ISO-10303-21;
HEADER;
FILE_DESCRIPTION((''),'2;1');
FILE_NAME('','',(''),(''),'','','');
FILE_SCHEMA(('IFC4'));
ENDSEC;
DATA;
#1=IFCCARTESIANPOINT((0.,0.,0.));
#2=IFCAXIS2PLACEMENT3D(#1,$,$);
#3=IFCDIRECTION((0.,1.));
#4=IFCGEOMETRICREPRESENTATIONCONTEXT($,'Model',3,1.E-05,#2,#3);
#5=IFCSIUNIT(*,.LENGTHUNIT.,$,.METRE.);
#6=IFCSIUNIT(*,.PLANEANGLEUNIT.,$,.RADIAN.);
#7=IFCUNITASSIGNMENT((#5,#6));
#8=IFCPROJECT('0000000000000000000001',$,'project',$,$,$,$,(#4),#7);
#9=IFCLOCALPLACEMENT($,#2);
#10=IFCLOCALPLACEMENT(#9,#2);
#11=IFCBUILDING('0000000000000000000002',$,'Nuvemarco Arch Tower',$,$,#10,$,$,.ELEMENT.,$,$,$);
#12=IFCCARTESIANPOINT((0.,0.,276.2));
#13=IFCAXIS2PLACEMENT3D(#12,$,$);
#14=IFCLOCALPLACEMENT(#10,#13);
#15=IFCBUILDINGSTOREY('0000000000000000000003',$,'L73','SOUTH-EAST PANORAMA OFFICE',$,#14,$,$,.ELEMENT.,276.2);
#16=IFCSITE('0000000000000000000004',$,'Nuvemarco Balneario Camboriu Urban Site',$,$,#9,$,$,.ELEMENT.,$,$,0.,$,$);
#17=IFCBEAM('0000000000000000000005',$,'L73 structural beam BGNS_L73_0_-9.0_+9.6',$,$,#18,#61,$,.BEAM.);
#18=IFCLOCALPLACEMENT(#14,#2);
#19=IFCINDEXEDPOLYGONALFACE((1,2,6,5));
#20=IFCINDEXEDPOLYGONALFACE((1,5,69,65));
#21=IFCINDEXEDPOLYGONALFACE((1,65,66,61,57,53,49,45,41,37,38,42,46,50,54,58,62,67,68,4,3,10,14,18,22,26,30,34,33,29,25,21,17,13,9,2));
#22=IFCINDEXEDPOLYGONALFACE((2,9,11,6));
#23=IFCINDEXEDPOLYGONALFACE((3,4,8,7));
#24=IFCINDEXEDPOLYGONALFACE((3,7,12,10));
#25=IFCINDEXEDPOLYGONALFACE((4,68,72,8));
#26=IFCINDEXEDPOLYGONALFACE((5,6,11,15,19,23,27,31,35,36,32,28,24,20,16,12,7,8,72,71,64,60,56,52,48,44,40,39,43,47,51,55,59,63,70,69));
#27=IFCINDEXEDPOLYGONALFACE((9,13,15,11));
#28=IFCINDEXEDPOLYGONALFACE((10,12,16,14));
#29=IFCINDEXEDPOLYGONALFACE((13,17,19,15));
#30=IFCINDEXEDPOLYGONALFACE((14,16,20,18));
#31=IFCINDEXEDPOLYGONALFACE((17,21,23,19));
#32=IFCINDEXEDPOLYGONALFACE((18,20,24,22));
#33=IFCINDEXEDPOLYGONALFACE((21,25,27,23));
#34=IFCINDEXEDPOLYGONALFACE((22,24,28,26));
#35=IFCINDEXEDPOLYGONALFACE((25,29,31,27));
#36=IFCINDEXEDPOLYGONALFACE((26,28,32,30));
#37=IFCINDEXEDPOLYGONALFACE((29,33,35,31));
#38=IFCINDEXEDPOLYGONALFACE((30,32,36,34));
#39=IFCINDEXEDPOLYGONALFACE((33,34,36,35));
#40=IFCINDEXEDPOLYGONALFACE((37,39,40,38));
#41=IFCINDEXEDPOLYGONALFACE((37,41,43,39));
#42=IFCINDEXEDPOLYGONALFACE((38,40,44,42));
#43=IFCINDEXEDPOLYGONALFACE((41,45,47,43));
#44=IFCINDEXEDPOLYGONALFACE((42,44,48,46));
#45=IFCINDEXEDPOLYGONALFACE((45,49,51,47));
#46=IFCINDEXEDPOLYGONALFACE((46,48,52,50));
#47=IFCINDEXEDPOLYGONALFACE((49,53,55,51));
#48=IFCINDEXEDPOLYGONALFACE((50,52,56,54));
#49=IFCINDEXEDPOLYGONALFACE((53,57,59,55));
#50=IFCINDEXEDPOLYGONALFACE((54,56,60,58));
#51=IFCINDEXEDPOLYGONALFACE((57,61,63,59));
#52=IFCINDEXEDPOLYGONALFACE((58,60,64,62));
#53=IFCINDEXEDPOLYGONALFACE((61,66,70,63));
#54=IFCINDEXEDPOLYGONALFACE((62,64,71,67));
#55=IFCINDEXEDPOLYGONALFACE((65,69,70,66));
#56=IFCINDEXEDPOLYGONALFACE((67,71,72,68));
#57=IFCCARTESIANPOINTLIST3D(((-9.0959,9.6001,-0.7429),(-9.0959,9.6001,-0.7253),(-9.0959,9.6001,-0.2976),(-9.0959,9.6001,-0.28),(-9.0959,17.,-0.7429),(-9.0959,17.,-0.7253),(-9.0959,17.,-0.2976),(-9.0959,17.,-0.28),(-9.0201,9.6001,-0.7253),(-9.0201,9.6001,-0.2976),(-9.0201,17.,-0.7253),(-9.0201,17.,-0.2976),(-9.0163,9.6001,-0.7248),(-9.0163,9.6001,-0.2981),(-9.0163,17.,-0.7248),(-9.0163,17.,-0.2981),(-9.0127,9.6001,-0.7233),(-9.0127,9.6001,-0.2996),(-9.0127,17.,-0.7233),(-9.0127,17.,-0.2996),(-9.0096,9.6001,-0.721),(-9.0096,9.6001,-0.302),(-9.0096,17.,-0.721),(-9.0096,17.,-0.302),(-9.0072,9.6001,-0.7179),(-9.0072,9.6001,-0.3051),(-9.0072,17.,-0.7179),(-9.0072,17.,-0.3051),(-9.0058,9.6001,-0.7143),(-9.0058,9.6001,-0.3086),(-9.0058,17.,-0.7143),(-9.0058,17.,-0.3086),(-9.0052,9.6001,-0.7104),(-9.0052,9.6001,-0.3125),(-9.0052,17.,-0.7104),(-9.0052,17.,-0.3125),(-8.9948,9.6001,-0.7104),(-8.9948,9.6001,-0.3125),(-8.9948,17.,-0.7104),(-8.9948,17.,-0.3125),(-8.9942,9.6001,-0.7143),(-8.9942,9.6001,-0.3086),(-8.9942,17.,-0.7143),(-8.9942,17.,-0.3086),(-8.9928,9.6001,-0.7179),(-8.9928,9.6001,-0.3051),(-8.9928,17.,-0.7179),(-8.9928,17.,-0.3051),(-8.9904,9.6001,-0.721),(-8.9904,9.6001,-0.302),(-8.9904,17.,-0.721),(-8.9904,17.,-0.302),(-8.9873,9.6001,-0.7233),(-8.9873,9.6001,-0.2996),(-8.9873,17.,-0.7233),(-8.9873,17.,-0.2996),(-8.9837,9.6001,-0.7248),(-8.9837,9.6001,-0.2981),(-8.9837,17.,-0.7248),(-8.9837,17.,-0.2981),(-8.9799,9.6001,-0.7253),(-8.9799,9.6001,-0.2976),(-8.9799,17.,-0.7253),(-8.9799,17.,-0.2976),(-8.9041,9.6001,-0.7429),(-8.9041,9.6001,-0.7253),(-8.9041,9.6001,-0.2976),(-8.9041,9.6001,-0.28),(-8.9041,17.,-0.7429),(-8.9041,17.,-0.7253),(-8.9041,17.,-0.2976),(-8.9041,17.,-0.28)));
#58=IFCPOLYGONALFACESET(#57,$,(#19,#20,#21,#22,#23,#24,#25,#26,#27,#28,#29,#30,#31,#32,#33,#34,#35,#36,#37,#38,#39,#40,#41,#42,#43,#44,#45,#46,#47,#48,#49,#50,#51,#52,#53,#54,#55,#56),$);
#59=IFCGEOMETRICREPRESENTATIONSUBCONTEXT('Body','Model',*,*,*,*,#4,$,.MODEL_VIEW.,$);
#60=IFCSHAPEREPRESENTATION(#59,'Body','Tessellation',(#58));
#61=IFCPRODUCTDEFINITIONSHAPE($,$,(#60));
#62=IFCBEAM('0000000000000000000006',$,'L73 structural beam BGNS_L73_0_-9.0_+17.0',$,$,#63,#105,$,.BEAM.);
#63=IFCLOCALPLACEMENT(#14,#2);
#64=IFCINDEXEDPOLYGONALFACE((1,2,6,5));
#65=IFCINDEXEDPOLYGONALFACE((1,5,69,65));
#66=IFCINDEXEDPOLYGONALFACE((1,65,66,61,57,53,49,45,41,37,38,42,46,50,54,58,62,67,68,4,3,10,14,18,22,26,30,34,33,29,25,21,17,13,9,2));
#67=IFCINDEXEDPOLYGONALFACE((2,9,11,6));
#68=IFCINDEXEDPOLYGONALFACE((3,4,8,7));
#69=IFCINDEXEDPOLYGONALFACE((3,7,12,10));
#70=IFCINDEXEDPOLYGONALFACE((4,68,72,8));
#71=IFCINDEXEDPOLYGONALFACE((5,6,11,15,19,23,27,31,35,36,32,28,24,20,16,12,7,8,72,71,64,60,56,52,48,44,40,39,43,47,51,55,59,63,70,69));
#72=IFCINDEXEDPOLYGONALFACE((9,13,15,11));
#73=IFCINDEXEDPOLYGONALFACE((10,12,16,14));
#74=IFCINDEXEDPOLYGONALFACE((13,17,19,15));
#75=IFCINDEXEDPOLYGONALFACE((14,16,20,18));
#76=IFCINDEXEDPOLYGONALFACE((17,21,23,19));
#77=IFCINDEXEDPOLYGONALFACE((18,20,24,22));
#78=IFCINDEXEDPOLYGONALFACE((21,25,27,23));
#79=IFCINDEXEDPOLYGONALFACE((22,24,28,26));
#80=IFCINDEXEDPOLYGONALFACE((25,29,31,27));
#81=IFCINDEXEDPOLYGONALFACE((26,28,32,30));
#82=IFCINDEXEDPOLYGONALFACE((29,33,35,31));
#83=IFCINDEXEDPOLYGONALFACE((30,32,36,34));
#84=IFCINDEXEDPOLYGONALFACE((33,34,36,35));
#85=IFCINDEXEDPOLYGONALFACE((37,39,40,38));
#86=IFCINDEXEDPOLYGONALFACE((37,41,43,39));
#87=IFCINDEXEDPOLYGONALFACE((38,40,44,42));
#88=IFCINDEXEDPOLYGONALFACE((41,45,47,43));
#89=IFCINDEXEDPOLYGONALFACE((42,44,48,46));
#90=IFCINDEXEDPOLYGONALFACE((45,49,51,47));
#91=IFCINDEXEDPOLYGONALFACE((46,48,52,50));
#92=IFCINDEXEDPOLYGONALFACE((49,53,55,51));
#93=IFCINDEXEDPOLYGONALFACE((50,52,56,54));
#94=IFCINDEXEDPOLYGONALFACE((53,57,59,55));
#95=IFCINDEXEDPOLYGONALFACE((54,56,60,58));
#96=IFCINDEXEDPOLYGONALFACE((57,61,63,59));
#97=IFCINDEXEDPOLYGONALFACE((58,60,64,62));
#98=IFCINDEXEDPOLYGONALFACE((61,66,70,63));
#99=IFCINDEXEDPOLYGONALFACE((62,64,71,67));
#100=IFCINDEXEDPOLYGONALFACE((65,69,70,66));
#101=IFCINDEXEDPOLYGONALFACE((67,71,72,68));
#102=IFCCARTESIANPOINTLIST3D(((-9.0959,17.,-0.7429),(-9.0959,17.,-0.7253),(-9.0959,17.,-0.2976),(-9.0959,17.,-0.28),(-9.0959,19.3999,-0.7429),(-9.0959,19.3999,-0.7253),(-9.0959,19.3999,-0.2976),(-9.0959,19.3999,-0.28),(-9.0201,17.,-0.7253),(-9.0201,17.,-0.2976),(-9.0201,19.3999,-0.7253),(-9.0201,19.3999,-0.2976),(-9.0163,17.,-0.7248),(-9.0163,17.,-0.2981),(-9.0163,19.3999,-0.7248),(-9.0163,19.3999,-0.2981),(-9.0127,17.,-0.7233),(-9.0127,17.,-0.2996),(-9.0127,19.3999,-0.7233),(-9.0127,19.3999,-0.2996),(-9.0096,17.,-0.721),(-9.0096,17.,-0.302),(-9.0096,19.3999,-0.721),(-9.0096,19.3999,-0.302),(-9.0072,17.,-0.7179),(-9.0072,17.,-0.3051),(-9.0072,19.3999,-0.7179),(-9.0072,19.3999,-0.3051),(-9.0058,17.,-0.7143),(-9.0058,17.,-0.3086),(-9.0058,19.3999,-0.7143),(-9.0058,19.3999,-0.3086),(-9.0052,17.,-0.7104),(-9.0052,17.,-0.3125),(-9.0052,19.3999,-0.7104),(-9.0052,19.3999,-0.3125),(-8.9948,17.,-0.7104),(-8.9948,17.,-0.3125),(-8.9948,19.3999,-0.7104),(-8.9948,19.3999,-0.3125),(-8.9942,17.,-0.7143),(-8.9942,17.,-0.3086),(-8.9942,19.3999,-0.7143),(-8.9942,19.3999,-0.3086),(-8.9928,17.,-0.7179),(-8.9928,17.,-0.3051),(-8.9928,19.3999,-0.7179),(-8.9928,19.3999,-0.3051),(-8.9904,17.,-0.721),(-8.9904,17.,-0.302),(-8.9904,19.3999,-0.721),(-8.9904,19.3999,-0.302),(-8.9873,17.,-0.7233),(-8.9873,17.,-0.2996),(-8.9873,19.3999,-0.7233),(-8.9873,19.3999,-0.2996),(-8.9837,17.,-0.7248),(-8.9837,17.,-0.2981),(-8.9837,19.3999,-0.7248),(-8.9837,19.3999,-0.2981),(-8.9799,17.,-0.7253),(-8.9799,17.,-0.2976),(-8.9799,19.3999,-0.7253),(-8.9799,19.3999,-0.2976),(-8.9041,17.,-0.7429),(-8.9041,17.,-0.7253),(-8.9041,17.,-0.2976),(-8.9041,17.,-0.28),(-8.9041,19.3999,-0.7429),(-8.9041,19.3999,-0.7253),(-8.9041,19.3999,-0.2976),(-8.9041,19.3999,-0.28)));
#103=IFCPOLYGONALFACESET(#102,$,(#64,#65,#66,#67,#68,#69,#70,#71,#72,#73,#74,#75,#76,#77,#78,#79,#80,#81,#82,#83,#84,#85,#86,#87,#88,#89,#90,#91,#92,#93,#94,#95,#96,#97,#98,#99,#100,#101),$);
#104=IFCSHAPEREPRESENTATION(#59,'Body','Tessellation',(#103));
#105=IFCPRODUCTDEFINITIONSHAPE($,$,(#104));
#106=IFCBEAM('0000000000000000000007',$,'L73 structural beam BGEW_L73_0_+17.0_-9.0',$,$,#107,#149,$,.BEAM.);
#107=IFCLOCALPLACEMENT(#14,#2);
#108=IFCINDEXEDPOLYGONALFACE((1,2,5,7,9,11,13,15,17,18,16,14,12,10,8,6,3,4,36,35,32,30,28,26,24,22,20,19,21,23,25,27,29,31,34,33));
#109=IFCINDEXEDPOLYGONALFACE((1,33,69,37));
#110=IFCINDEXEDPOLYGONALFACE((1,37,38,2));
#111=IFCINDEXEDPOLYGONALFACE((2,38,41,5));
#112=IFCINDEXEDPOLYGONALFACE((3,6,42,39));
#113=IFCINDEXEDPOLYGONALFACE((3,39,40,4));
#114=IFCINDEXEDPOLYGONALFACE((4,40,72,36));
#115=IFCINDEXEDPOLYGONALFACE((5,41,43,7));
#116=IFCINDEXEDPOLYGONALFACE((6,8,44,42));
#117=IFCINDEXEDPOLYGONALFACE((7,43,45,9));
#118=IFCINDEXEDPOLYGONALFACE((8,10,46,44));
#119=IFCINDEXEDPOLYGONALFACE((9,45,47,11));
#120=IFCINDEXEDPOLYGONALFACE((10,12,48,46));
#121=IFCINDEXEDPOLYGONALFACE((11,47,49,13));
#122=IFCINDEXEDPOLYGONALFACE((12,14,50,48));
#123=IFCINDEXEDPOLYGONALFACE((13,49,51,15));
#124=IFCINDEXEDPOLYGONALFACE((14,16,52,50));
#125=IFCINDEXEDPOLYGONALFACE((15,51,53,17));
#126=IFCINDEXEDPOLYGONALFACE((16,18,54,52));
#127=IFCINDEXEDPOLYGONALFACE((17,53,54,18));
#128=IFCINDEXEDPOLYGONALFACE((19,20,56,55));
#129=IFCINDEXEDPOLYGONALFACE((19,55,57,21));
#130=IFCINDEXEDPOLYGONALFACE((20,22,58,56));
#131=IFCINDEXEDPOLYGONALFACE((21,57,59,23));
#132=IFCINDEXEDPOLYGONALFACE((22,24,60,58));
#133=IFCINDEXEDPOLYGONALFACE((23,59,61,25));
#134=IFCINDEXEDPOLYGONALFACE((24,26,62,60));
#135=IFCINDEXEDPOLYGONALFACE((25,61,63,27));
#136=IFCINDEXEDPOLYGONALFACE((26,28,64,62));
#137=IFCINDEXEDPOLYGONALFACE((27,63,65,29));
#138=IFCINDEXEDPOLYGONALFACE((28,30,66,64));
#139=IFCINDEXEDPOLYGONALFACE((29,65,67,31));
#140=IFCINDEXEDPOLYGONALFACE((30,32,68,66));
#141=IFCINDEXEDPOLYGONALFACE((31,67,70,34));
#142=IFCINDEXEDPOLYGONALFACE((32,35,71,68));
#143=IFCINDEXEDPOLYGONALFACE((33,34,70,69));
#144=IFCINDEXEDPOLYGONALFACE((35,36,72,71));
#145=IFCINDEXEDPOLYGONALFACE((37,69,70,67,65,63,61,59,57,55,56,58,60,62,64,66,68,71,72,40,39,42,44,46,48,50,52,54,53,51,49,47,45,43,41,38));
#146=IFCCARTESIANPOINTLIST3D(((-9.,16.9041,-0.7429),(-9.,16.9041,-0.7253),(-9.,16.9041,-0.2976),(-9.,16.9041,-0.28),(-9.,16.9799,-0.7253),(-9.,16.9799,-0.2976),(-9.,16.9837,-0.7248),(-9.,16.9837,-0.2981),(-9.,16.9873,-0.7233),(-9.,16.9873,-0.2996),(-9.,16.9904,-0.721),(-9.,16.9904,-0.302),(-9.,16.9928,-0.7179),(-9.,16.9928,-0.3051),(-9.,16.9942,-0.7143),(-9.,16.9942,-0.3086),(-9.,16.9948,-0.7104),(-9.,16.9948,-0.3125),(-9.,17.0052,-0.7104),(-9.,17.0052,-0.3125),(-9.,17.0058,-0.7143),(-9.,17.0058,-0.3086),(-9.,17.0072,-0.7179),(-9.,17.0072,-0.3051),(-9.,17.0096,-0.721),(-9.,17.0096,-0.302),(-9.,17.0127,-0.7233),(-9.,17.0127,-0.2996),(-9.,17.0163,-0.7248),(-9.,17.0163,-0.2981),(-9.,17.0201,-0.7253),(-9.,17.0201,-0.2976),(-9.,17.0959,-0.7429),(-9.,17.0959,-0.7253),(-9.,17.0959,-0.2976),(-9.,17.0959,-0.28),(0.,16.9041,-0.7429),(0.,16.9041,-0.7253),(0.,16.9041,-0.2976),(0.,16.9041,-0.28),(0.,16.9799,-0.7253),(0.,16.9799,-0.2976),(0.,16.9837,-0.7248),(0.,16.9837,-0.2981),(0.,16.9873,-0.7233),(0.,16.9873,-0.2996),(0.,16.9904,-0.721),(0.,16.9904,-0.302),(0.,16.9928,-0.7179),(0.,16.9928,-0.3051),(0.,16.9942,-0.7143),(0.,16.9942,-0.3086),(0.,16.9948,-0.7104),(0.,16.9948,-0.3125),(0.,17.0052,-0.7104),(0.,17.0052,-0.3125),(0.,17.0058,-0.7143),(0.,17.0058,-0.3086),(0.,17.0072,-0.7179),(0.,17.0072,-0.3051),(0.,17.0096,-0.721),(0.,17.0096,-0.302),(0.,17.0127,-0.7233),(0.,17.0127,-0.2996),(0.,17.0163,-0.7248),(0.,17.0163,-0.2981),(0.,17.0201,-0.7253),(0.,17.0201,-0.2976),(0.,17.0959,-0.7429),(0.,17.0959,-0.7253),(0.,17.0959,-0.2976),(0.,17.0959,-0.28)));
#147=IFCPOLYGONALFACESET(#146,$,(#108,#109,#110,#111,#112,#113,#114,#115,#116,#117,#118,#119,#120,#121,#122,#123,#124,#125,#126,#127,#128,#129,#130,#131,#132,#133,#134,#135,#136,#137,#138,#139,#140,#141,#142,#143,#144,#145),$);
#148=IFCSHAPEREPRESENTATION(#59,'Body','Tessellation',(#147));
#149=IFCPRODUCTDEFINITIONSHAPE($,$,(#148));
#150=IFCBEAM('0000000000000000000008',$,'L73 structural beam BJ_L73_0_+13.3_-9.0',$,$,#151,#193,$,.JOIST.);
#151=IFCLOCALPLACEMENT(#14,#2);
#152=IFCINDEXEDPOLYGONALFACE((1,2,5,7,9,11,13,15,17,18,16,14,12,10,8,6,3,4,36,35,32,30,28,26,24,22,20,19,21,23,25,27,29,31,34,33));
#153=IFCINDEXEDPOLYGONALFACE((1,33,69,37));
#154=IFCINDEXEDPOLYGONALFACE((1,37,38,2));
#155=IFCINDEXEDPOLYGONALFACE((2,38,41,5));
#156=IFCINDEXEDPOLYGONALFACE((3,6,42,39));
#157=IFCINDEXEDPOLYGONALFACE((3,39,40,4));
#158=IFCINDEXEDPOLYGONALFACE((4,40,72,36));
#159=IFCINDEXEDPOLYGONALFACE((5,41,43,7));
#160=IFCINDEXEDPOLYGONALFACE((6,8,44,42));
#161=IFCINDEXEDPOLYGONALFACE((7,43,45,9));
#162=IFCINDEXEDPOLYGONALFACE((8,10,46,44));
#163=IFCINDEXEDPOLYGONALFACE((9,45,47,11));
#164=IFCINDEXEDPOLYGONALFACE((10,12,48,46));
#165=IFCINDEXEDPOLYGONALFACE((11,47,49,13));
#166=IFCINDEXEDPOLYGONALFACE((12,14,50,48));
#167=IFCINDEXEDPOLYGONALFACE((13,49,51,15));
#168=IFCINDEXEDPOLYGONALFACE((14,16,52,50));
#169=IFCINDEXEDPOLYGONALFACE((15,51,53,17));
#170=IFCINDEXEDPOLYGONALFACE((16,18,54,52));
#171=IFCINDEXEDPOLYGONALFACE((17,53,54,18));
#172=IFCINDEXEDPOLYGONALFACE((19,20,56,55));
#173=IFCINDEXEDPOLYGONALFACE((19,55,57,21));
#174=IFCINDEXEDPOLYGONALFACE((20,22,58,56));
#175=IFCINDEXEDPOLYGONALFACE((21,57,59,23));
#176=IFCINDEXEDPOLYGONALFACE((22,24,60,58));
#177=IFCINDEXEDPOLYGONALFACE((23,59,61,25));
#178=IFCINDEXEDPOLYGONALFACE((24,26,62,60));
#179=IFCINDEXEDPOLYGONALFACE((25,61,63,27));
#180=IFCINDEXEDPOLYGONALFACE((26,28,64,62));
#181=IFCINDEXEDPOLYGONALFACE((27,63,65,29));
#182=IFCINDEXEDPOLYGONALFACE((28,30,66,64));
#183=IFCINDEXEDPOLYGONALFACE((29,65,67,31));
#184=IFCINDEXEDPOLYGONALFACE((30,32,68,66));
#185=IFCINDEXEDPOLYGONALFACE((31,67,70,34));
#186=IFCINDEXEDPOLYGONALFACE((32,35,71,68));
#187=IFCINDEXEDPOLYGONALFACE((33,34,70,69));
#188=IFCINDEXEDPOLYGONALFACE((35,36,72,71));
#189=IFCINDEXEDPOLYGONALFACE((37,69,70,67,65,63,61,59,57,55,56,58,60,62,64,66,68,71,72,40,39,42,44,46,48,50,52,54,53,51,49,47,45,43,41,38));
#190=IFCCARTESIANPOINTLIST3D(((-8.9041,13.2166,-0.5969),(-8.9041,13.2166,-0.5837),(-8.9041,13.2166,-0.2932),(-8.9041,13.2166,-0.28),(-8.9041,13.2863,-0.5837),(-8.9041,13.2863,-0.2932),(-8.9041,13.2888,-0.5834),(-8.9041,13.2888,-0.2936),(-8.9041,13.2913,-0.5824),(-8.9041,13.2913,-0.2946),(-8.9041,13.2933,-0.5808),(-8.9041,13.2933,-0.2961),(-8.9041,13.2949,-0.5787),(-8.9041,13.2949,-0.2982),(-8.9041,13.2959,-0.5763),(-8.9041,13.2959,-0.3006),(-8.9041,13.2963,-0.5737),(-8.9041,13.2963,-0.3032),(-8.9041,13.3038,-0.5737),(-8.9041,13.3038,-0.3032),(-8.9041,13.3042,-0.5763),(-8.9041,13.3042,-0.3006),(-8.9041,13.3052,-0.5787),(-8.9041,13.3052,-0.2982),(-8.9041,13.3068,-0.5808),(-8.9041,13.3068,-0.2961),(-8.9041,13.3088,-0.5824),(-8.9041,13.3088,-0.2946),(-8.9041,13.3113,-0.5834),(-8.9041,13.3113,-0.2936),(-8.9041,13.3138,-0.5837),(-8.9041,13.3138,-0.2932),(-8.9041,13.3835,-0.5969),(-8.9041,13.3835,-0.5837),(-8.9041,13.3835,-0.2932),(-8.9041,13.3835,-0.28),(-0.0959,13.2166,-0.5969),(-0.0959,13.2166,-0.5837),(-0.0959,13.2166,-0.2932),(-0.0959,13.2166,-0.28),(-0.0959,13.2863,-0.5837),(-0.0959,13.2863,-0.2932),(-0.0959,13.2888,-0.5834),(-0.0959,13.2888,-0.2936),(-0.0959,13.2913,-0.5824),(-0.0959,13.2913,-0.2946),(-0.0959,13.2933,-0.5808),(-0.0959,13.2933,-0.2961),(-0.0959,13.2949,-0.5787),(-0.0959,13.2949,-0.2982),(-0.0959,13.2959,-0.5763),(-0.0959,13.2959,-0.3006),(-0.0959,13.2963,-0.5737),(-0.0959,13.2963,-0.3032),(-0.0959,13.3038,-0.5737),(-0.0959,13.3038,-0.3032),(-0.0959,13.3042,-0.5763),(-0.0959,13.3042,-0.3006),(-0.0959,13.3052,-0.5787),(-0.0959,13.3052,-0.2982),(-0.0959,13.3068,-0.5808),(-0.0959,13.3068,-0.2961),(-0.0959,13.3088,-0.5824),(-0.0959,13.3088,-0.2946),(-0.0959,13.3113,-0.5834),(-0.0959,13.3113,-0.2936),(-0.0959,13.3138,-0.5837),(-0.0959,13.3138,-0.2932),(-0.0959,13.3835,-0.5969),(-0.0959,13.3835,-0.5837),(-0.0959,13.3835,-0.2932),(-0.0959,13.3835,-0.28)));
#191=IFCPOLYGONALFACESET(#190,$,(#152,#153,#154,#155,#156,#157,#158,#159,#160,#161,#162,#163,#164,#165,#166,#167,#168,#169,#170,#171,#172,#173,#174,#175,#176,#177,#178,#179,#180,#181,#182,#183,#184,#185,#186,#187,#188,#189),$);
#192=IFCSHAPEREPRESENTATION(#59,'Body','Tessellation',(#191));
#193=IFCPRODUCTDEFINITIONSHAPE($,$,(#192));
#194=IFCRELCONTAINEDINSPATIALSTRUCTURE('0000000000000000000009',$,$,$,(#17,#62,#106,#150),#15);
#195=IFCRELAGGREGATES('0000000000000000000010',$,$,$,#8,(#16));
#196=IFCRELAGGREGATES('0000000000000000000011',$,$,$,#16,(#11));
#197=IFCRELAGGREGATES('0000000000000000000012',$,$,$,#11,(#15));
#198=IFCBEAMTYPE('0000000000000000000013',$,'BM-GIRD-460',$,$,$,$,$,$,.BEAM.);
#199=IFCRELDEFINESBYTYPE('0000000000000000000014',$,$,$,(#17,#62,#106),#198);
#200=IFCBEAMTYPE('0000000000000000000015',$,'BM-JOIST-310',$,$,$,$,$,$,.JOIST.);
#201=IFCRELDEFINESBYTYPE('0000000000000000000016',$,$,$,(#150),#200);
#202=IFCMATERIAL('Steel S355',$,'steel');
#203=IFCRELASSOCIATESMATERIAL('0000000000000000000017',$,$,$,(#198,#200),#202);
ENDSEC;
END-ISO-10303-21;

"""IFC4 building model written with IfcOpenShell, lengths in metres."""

from ifc_helpers import new_model, si_unit, direction, frame, origin, origin_2d, place, context, subcontext, project, spatial, i_section, extrude, material, material_profile, profile_set, type_object, element, save


model = new_model("IFC4")

# Units and contexts
model_context = context("Model", 3, precision=1e-05, world=origin(), true_north=direction((0.0, 1.0)))
body_context = subcontext(model_context, "Body", "Model", "MODEL_VIEW")
ifc_project = project(units=[si_unit("LENGTHUNIT", "METRE"), si_unit("PLANEANGLEUNIT", "RADIAN")], contexts=[model_context])

# Site, building, storey
site_placement = place(None, origin())
site = spatial("IfcSite", under=ifc_project, at=site_placement, Name="Nuvemarco Balneario Camboriu Urban Site", CompositionType="ELEMENT", RefElevation=0.0)
building_placement = place(site_placement, origin())
building = spatial("IfcBuilding", under=site, at=building_placement, Name="Nuvemarco Arch Tower", CompositionType="ELEMENT")
storey_placement = place(building_placement, frame((0.0, 0.0, 276.2)))
storey = spatial("IfcBuildingStorey", under=building, at=storey_placement, Name="L73", Description="SOUTH-EAST PANORAMA OFFICE", CompositionType="ELEMENT", Elevation=276.2)

# Shared definitions
ifc_material_1 = material(Name="Steel S355", Category="steel")

# Beams
ifc_material_profile_1 = material_profile(ifc_material_1, i_section(OverallWidth=0.1919, OverallDepth=0.4629, WebThickness=0.0105, FlangeThickness=0.0176, FilletRadius=0.0149, at=origin_2d()), Name="W460x89")
ifc_profile_set_1 = profile_set([ifc_material_profile_1], Name="Steel S355")
beam_type_1 = type_object("IfcBeamType", Name="BM-GIRD-460", PredefinedType="BEAM", material=ifc_profile_set_1)
beam_1_placement = place(storey_placement, frame((-9.0, 9.6001, -0.5115), z_axis=(0.0, 1.0, 0.0), x_axis=(-1.0, 0.0, 0.0)))
element("IfcBeam", 1, at=beam_1_placement, inside=storey, type_object=beam_type_1, Name="L73 structural beam BGNS_L73_0_-9.0_+9.6", PredefinedType="BEAM", context=body_context, shape_type="SweptSolid", body=[
    extrude(i_section(OverallWidth=0.1919, OverallDepth=0.4629, WebThickness=0.0105, FlangeThickness=0.0176, FilletRadius=0.0149, at=origin_2d()), origin(), (0.0, 0.0, 1.0), 7.3999),
])
beam_2_placement = place(storey_placement, frame((-9.0, 17.0, -0.5115), z_axis=(0.0, 1.0, 0.0), x_axis=(-1.0, 0.0, 0.0)))
element("IfcBeam", 2, at=beam_2_placement, inside=storey, type_object=beam_type_1, Name="L73 structural beam BGNS_L73_0_-9.0_+17.0", PredefinedType="BEAM", context=body_context, shape_type="SweptSolid", body=[
    extrude(i_section(OverallWidth=0.1919, OverallDepth=0.4629, WebThickness=0.0105, FlangeThickness=0.0176, FilletRadius=0.0149, at=origin_2d()), origin(), (0.0, 0.0, 1.0), 2.3999),
])
beam_3_placement = place(storey_placement, frame((-9.0, 17.0, -0.5115), z_axis=(1.0, 0.0, 0.0), x_axis=(0.0, 1.0, 0.0)))
element("IfcBeam", 3, at=beam_3_placement, inside=storey, type_object=beam_type_1, Name="L73 structural beam BGEW_L73_0_+17.0_-9.0", PredefinedType="BEAM", context=body_context, shape_type="SweptSolid", body=[
    extrude(i_section(OverallWidth=0.1919, OverallDepth=0.4629, WebThickness=0.0105, FlangeThickness=0.0176, FilletRadius=0.0149, at=origin_2d()), origin(), (0.0, 0.0, 1.0), 9.0),
])
ifc_material_profile_2 = material_profile(ifc_material_1, i_section(OverallWidth=0.167, OverallDepth=0.3169, WebThickness=0.0076, FlangeThickness=0.0132, FilletRadius=0.01, at=origin_2d()), Name="W310x52")
ifc_profile_set_2 = profile_set([ifc_material_profile_2], Name="Steel S355")
beam_type_2 = type_object("IfcBeamType", Name="BM-JOIST-310", PredefinedType="JOIST", material=ifc_profile_set_2)
beam_4_placement = place(storey_placement, frame((-8.9041, 13.3, -0.4385), z_axis=(1.0, 0.0, 0.0), x_axis=(0.0, 1.0, 0.0)))
element("IfcBeam", 4, at=beam_4_placement, inside=storey, type_object=beam_type_2, Name="L73 structural beam BJ_L73_0_+13.3_-9.0", PredefinedType="JOIST", context=body_context, shape_type="SweptSolid", body=[
    extrude(i_section(OverallWidth=0.167, OverallDepth=0.3169, WebThickness=0.0076, FlangeThickness=0.0132, FilletRadius=0.01, at=origin_2d()), origin(), (0.0, 0.0, 1.0), 8.8081),
])

save(model, "model.ifc")
